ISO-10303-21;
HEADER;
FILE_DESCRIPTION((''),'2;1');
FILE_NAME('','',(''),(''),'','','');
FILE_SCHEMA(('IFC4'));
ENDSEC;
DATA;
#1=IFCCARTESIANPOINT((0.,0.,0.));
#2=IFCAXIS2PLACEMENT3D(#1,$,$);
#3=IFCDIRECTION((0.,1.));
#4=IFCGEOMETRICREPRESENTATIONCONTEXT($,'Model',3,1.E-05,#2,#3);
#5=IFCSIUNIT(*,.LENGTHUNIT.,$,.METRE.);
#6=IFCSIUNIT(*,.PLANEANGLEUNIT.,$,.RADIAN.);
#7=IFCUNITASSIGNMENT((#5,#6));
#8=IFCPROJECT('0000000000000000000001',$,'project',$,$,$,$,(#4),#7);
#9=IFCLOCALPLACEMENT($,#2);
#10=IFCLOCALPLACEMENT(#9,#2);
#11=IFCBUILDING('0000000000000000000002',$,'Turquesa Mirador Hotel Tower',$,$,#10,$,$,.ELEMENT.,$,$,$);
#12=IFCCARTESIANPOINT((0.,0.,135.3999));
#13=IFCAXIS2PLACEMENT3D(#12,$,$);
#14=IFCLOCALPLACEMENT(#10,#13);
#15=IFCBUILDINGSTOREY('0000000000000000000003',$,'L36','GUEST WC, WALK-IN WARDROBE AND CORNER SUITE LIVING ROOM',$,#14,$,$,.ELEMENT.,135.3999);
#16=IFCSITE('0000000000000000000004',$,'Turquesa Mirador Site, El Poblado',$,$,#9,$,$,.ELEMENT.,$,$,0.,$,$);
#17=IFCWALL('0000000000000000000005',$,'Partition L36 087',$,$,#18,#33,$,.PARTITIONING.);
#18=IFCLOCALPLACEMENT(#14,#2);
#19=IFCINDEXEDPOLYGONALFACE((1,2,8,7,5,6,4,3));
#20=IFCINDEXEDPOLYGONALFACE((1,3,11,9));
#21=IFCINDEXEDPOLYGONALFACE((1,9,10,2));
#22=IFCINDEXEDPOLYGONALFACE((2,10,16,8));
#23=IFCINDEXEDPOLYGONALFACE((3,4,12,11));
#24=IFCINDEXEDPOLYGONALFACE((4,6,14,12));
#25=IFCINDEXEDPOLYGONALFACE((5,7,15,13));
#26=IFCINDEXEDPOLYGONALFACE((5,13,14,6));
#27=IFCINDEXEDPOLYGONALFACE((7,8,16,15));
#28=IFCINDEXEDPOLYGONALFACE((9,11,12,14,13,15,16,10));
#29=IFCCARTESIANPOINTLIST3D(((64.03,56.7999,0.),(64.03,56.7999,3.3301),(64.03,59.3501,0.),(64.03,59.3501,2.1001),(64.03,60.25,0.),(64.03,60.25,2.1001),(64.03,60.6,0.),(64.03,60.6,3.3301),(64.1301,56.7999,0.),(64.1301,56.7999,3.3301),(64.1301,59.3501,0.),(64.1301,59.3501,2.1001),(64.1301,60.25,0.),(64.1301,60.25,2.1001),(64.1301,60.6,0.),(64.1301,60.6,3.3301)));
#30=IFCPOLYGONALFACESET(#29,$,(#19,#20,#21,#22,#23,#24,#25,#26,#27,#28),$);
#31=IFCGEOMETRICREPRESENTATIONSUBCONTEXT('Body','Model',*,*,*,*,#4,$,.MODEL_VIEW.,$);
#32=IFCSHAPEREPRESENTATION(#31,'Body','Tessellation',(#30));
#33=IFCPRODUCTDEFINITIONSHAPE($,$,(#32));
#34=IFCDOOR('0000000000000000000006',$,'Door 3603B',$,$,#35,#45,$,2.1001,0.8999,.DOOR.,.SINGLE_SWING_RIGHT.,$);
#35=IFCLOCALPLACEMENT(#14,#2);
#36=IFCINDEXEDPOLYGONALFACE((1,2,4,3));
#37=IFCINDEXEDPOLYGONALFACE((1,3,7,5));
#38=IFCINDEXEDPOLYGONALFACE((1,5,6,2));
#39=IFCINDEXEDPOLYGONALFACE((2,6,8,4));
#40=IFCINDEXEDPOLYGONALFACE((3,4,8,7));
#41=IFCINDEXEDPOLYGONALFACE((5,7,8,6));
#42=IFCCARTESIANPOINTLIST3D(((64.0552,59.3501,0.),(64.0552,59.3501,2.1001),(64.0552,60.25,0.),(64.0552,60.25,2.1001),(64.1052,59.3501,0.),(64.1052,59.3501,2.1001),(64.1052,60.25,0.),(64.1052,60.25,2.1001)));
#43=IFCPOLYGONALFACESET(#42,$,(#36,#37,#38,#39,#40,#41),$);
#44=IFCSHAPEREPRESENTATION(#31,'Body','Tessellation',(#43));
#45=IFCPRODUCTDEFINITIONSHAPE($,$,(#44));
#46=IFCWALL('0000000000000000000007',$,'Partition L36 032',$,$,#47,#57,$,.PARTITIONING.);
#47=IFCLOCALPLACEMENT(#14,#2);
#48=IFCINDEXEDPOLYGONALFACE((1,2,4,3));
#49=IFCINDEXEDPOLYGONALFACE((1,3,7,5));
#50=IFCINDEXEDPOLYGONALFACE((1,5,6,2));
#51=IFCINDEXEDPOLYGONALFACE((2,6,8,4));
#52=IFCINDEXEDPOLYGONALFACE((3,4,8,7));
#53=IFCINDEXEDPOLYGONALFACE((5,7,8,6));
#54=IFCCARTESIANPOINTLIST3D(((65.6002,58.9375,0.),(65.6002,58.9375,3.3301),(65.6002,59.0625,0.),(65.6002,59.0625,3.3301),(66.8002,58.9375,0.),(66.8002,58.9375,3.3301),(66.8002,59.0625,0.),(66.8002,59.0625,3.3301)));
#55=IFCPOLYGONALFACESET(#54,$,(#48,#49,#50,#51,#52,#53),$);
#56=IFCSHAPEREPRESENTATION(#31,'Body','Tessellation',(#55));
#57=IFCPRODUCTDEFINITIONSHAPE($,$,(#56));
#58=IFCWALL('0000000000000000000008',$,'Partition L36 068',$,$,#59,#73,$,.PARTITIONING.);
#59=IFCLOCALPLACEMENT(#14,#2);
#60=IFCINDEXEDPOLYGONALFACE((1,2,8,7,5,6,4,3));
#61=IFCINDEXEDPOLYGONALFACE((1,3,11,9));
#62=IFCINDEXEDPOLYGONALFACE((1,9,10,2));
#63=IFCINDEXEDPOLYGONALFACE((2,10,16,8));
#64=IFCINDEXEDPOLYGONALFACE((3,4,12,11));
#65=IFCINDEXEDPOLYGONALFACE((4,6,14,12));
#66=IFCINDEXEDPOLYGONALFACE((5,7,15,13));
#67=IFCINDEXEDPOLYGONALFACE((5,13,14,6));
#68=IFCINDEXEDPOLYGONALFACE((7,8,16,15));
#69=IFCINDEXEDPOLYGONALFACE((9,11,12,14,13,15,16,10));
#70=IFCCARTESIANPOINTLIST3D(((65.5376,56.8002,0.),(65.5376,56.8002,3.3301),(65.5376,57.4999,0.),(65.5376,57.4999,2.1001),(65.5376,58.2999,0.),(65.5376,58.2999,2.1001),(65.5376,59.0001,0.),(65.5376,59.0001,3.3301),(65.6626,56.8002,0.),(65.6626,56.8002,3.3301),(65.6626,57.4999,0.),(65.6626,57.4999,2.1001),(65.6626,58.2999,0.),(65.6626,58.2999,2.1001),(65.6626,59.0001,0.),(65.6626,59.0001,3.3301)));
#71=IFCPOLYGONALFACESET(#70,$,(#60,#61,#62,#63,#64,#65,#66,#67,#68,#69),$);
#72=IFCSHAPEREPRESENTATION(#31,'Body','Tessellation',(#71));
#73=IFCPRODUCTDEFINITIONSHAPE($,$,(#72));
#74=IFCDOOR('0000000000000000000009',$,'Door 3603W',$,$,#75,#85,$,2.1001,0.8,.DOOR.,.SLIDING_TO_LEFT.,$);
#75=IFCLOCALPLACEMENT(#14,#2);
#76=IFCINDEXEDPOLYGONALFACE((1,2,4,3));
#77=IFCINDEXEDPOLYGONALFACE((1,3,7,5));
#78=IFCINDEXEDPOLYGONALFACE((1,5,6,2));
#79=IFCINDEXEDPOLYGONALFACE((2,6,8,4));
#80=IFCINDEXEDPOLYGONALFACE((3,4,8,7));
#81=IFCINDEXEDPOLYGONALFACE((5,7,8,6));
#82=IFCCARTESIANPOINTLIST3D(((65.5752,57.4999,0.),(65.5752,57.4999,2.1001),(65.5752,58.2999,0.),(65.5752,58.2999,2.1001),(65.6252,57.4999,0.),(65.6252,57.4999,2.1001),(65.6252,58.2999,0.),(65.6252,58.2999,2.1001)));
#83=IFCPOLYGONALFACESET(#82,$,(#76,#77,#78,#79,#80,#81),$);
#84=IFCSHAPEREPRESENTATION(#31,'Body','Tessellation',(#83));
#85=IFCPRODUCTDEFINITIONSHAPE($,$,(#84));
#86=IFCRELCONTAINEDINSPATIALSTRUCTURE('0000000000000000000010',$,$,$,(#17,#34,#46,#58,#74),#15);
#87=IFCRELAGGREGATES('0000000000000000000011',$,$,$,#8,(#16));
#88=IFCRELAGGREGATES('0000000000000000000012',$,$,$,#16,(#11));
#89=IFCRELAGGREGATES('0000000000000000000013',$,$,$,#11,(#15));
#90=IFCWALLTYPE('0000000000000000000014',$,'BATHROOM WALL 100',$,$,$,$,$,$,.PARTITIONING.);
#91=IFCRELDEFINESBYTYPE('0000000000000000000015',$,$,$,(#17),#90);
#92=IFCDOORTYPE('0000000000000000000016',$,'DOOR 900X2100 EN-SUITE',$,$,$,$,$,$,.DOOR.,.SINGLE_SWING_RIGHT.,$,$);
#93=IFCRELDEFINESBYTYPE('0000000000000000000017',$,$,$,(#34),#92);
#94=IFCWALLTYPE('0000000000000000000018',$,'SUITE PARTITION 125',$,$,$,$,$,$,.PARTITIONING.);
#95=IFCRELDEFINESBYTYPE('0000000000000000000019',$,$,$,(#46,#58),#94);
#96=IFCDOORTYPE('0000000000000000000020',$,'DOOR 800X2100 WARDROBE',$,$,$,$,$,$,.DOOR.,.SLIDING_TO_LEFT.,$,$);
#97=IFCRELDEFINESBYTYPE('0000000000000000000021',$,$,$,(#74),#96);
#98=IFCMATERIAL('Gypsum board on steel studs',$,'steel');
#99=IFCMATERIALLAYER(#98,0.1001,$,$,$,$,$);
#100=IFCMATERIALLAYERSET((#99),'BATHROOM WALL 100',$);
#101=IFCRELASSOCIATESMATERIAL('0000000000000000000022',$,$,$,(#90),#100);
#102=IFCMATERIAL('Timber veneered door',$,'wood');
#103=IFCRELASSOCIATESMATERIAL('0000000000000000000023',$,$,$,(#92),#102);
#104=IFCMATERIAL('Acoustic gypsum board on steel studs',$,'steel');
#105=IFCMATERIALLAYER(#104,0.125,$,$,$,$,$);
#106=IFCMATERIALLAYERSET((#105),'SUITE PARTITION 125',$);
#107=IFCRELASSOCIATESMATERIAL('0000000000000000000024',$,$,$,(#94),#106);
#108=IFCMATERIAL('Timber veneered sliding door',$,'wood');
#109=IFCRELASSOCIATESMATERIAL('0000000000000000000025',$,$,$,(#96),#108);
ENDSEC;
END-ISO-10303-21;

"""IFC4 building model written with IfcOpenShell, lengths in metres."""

from ifc_helpers import new_model, si_unit, direction, frame, frame_2d, origin, place, context, subcontext, project, spatial, rectangle, extrude, material, layer, layer_set, type_object, element, fill, save


model = new_model("IFC4")

# Units and contexts
model_context = context("Model", 3, precision=1e-05, world=origin(), true_north=direction((0.0, 1.0)))
body_context = subcontext(model_context, "Body", "Model", "MODEL_VIEW")
ifc_project = project(units=[si_unit("LENGTHUNIT", "METRE"), si_unit("PLANEANGLEUNIT", "RADIAN")], contexts=[model_context])

# Site, building, storey
site_placement = place(None, origin())
site = spatial("IfcSite", under=ifc_project, at=site_placement, Name="Turquesa Mirador Site, El Poblado", CompositionType="ELEMENT", RefElevation=0.0)
building_placement = place(site_placement, origin())
building = spatial("IfcBuilding", under=site, at=building_placement, Name="Turquesa Mirador Hotel Tower", CompositionType="ELEMENT")
storey_placement = place(building_placement, frame((0.0, 0.0, 135.3999)))
storey = spatial("IfcBuildingStorey", under=building, at=storey_placement, Name="L36", Description="GUEST WC, WALK-IN WARDROBE AND CORNER SUITE LIVING ROOM", CompositionType="ELEMENT", Elevation=135.3999)

# Shared definitions
ifc_material_1 = material(Name="Gypsum board on steel studs", Category="steel")
ifc_layer_1 = layer(ifc_material_1, 0.1001)
ifc_layer_set_1 = layer_set([ifc_layer_1], Name="BATHROOM WALL 100")
wall_type_1 = type_object("IfcWallType", Name="BATHROOM WALL 100", PredefinedType="PARTITIONING", material=ifc_layer_set_1)
ifc_material_2 = material(Name="Timber veneered door", Category="wood")
door_type_1 = type_object("IfcDoorType", Name="DOOR 900X2100 EN-SUITE", OperationType="SINGLE_SWING_RIGHT", PredefinedType="DOOR", material=ifc_material_2)

# Wall, opening, door
wall_1_placement = place(storey_placement, frame((64.0801, 56.8, 0.0), z_axis=(0.0, 0.0, 1.0), x_axis=(0.0, 1.0, 0.0)))
wall_1 = element("IfcWall", 1, at=wall_1_placement, inside=storey, type_object=wall_type_1, Name="Partition L36 087", PredefinedType="PARTITIONING", context=body_context, shape_type="SweptSolid", body=[
    extrude(rectangle(XDim=3.8, YDim=0.1001, at=frame_2d((1.8999, 0.0))), origin(), (0.0, 0.0, 1.0), 3.3301),
])
opening_1_placement = place(wall_1_placement, frame((2.55, 0.0, 0.0)))
opening_1 = element("IfcOpeningElement", 2, at=opening_1_placement, cuts=wall_1, PredefinedType="OPENING", context=body_context, shape_type="SweptSolid", body=[
    extrude(rectangle(XDim=0.8999, YDim=2.1001, at=frame_2d((0.45, 1.05))), frame((0.0, 0.0601, 0.0), z_axis=(0.0, -1.0, 0.0), x_axis=(1.0, 0.0, 0.0)), (0.0, 0.0, 1.0), 0.1201),
])
door_1_placement = place(opening_1_placement, origin())
door_1 = element("IfcDoor", 3, at=door_1_placement, inside=storey, type_object=door_type_1, Name="Door 3603B", OperationType="SINGLE_SWING_RIGHT", OverallHeight=2.1001, OverallWidth=0.8999, PredefinedType="DOOR", context=body_context, shape_type="SweptSolid", body=[
    extrude(rectangle(XDim=0.8999, YDim=2.1001, at=frame_2d((0.45, 1.05))), frame((0.0, 0.0249, 0.0), z_axis=(0.0, -1.0, 0.0), x_axis=(1.0, 0.0, 0.0)), (0.0, 0.0, 1.0), 0.05),
])
fill(opening_1, door_1)

# Wall
ifc_material_3 = material(Name="Acoustic gypsum board on steel studs", Category="steel")
ifc_layer_2 = layer(ifc_material_3, 0.125)
ifc_layer_set_2 = layer_set([ifc_layer_2], Name="SUITE PARTITION 125")
wall_type_2 = type_object("IfcWallType", Name="SUITE PARTITION 125", PredefinedType="PARTITIONING", material=ifc_layer_set_2)
wall_2_placement = place(storey_placement, frame((65.6001, 59.0, 0.0), z_axis=(0.0, 0.0, 1.0), x_axis=(1.0, 0.0, 0.0)))
element("IfcWall", 4, at=wall_2_placement, inside=storey, type_object=wall_type_2, Name="Partition L36 032", PredefinedType="PARTITIONING", context=body_context, shape_type="SweptSolid", body=[
    extrude(rectangle(XDim=1.2, YDim=0.125, at=frame_2d((0.6001, 0.0))), origin(), (0.0, 0.0, 1.0), 3.3301),
])

# Wall, opening, door
wall_3_placement = place(storey_placement, frame((65.6001, 56.8, 0.0), z_axis=(0.0, 0.0, 1.0), x_axis=(0.0, 1.0, 0.0)))
wall_3 = element("IfcWall", 5, at=wall_3_placement, inside=storey, type_object=wall_type_2, Name="Partition L36 068", PredefinedType="PARTITIONING", context=body_context, shape_type="SweptSolid", body=[
    extrude(rectangle(XDim=2.2, YDim=0.125, at=frame_2d((1.1001, 0.0))), origin(), (0.0, 0.0, 1.0), 3.3301),
])
opening_2_placement = place(wall_3_placement, frame((0.7, 0.0, 0.0)))
opening_2 = element("IfcOpeningElement", 6, at=opening_2_placement, cuts=wall_3, PredefinedType="OPENING", context=body_context, shape_type="SweptSolid", body=[
    extrude(rectangle(XDim=0.8, YDim=2.1001, at=frame_2d((0.3999, 1.05))), frame((0.0, 0.0725, 0.0), z_axis=(0.0, -1.0, 0.0), x_axis=(1.0, 0.0, 0.0)), (0.0, 0.0, 1.0), 0.145),
])
ifc_material_4 = material(Name="Timber veneered sliding door", Category="wood")
door_type_2 = type_object("IfcDoorType", Name="DOOR 800X2100 WARDROBE", OperationType="SLIDING_TO_LEFT", PredefinedType="DOOR", material=ifc_material_4)
door_2_placement = place(opening_2_placement, origin())
door_2 = element("IfcDoor", 7, at=door_2_placement, inside=storey, type_object=door_type_2, Name="Door 3603W", OperationType="SLIDING_TO_LEFT", OverallHeight=2.1001, OverallWidth=0.8, PredefinedType="DOOR", context=body_context, shape_type="SweptSolid", body=[
    extrude(rectangle(XDim=0.8, YDim=2.1001, at=frame_2d((0.3999, 1.05))), frame((0.0, 0.0249, 0.0), z_axis=(0.0, -1.0, 0.0), x_axis=(1.0, 0.0, 0.0)), (0.0, 0.0, 1.0), 0.05),
])
fill(opening_2, door_2)

save(model, "model.ifc")
